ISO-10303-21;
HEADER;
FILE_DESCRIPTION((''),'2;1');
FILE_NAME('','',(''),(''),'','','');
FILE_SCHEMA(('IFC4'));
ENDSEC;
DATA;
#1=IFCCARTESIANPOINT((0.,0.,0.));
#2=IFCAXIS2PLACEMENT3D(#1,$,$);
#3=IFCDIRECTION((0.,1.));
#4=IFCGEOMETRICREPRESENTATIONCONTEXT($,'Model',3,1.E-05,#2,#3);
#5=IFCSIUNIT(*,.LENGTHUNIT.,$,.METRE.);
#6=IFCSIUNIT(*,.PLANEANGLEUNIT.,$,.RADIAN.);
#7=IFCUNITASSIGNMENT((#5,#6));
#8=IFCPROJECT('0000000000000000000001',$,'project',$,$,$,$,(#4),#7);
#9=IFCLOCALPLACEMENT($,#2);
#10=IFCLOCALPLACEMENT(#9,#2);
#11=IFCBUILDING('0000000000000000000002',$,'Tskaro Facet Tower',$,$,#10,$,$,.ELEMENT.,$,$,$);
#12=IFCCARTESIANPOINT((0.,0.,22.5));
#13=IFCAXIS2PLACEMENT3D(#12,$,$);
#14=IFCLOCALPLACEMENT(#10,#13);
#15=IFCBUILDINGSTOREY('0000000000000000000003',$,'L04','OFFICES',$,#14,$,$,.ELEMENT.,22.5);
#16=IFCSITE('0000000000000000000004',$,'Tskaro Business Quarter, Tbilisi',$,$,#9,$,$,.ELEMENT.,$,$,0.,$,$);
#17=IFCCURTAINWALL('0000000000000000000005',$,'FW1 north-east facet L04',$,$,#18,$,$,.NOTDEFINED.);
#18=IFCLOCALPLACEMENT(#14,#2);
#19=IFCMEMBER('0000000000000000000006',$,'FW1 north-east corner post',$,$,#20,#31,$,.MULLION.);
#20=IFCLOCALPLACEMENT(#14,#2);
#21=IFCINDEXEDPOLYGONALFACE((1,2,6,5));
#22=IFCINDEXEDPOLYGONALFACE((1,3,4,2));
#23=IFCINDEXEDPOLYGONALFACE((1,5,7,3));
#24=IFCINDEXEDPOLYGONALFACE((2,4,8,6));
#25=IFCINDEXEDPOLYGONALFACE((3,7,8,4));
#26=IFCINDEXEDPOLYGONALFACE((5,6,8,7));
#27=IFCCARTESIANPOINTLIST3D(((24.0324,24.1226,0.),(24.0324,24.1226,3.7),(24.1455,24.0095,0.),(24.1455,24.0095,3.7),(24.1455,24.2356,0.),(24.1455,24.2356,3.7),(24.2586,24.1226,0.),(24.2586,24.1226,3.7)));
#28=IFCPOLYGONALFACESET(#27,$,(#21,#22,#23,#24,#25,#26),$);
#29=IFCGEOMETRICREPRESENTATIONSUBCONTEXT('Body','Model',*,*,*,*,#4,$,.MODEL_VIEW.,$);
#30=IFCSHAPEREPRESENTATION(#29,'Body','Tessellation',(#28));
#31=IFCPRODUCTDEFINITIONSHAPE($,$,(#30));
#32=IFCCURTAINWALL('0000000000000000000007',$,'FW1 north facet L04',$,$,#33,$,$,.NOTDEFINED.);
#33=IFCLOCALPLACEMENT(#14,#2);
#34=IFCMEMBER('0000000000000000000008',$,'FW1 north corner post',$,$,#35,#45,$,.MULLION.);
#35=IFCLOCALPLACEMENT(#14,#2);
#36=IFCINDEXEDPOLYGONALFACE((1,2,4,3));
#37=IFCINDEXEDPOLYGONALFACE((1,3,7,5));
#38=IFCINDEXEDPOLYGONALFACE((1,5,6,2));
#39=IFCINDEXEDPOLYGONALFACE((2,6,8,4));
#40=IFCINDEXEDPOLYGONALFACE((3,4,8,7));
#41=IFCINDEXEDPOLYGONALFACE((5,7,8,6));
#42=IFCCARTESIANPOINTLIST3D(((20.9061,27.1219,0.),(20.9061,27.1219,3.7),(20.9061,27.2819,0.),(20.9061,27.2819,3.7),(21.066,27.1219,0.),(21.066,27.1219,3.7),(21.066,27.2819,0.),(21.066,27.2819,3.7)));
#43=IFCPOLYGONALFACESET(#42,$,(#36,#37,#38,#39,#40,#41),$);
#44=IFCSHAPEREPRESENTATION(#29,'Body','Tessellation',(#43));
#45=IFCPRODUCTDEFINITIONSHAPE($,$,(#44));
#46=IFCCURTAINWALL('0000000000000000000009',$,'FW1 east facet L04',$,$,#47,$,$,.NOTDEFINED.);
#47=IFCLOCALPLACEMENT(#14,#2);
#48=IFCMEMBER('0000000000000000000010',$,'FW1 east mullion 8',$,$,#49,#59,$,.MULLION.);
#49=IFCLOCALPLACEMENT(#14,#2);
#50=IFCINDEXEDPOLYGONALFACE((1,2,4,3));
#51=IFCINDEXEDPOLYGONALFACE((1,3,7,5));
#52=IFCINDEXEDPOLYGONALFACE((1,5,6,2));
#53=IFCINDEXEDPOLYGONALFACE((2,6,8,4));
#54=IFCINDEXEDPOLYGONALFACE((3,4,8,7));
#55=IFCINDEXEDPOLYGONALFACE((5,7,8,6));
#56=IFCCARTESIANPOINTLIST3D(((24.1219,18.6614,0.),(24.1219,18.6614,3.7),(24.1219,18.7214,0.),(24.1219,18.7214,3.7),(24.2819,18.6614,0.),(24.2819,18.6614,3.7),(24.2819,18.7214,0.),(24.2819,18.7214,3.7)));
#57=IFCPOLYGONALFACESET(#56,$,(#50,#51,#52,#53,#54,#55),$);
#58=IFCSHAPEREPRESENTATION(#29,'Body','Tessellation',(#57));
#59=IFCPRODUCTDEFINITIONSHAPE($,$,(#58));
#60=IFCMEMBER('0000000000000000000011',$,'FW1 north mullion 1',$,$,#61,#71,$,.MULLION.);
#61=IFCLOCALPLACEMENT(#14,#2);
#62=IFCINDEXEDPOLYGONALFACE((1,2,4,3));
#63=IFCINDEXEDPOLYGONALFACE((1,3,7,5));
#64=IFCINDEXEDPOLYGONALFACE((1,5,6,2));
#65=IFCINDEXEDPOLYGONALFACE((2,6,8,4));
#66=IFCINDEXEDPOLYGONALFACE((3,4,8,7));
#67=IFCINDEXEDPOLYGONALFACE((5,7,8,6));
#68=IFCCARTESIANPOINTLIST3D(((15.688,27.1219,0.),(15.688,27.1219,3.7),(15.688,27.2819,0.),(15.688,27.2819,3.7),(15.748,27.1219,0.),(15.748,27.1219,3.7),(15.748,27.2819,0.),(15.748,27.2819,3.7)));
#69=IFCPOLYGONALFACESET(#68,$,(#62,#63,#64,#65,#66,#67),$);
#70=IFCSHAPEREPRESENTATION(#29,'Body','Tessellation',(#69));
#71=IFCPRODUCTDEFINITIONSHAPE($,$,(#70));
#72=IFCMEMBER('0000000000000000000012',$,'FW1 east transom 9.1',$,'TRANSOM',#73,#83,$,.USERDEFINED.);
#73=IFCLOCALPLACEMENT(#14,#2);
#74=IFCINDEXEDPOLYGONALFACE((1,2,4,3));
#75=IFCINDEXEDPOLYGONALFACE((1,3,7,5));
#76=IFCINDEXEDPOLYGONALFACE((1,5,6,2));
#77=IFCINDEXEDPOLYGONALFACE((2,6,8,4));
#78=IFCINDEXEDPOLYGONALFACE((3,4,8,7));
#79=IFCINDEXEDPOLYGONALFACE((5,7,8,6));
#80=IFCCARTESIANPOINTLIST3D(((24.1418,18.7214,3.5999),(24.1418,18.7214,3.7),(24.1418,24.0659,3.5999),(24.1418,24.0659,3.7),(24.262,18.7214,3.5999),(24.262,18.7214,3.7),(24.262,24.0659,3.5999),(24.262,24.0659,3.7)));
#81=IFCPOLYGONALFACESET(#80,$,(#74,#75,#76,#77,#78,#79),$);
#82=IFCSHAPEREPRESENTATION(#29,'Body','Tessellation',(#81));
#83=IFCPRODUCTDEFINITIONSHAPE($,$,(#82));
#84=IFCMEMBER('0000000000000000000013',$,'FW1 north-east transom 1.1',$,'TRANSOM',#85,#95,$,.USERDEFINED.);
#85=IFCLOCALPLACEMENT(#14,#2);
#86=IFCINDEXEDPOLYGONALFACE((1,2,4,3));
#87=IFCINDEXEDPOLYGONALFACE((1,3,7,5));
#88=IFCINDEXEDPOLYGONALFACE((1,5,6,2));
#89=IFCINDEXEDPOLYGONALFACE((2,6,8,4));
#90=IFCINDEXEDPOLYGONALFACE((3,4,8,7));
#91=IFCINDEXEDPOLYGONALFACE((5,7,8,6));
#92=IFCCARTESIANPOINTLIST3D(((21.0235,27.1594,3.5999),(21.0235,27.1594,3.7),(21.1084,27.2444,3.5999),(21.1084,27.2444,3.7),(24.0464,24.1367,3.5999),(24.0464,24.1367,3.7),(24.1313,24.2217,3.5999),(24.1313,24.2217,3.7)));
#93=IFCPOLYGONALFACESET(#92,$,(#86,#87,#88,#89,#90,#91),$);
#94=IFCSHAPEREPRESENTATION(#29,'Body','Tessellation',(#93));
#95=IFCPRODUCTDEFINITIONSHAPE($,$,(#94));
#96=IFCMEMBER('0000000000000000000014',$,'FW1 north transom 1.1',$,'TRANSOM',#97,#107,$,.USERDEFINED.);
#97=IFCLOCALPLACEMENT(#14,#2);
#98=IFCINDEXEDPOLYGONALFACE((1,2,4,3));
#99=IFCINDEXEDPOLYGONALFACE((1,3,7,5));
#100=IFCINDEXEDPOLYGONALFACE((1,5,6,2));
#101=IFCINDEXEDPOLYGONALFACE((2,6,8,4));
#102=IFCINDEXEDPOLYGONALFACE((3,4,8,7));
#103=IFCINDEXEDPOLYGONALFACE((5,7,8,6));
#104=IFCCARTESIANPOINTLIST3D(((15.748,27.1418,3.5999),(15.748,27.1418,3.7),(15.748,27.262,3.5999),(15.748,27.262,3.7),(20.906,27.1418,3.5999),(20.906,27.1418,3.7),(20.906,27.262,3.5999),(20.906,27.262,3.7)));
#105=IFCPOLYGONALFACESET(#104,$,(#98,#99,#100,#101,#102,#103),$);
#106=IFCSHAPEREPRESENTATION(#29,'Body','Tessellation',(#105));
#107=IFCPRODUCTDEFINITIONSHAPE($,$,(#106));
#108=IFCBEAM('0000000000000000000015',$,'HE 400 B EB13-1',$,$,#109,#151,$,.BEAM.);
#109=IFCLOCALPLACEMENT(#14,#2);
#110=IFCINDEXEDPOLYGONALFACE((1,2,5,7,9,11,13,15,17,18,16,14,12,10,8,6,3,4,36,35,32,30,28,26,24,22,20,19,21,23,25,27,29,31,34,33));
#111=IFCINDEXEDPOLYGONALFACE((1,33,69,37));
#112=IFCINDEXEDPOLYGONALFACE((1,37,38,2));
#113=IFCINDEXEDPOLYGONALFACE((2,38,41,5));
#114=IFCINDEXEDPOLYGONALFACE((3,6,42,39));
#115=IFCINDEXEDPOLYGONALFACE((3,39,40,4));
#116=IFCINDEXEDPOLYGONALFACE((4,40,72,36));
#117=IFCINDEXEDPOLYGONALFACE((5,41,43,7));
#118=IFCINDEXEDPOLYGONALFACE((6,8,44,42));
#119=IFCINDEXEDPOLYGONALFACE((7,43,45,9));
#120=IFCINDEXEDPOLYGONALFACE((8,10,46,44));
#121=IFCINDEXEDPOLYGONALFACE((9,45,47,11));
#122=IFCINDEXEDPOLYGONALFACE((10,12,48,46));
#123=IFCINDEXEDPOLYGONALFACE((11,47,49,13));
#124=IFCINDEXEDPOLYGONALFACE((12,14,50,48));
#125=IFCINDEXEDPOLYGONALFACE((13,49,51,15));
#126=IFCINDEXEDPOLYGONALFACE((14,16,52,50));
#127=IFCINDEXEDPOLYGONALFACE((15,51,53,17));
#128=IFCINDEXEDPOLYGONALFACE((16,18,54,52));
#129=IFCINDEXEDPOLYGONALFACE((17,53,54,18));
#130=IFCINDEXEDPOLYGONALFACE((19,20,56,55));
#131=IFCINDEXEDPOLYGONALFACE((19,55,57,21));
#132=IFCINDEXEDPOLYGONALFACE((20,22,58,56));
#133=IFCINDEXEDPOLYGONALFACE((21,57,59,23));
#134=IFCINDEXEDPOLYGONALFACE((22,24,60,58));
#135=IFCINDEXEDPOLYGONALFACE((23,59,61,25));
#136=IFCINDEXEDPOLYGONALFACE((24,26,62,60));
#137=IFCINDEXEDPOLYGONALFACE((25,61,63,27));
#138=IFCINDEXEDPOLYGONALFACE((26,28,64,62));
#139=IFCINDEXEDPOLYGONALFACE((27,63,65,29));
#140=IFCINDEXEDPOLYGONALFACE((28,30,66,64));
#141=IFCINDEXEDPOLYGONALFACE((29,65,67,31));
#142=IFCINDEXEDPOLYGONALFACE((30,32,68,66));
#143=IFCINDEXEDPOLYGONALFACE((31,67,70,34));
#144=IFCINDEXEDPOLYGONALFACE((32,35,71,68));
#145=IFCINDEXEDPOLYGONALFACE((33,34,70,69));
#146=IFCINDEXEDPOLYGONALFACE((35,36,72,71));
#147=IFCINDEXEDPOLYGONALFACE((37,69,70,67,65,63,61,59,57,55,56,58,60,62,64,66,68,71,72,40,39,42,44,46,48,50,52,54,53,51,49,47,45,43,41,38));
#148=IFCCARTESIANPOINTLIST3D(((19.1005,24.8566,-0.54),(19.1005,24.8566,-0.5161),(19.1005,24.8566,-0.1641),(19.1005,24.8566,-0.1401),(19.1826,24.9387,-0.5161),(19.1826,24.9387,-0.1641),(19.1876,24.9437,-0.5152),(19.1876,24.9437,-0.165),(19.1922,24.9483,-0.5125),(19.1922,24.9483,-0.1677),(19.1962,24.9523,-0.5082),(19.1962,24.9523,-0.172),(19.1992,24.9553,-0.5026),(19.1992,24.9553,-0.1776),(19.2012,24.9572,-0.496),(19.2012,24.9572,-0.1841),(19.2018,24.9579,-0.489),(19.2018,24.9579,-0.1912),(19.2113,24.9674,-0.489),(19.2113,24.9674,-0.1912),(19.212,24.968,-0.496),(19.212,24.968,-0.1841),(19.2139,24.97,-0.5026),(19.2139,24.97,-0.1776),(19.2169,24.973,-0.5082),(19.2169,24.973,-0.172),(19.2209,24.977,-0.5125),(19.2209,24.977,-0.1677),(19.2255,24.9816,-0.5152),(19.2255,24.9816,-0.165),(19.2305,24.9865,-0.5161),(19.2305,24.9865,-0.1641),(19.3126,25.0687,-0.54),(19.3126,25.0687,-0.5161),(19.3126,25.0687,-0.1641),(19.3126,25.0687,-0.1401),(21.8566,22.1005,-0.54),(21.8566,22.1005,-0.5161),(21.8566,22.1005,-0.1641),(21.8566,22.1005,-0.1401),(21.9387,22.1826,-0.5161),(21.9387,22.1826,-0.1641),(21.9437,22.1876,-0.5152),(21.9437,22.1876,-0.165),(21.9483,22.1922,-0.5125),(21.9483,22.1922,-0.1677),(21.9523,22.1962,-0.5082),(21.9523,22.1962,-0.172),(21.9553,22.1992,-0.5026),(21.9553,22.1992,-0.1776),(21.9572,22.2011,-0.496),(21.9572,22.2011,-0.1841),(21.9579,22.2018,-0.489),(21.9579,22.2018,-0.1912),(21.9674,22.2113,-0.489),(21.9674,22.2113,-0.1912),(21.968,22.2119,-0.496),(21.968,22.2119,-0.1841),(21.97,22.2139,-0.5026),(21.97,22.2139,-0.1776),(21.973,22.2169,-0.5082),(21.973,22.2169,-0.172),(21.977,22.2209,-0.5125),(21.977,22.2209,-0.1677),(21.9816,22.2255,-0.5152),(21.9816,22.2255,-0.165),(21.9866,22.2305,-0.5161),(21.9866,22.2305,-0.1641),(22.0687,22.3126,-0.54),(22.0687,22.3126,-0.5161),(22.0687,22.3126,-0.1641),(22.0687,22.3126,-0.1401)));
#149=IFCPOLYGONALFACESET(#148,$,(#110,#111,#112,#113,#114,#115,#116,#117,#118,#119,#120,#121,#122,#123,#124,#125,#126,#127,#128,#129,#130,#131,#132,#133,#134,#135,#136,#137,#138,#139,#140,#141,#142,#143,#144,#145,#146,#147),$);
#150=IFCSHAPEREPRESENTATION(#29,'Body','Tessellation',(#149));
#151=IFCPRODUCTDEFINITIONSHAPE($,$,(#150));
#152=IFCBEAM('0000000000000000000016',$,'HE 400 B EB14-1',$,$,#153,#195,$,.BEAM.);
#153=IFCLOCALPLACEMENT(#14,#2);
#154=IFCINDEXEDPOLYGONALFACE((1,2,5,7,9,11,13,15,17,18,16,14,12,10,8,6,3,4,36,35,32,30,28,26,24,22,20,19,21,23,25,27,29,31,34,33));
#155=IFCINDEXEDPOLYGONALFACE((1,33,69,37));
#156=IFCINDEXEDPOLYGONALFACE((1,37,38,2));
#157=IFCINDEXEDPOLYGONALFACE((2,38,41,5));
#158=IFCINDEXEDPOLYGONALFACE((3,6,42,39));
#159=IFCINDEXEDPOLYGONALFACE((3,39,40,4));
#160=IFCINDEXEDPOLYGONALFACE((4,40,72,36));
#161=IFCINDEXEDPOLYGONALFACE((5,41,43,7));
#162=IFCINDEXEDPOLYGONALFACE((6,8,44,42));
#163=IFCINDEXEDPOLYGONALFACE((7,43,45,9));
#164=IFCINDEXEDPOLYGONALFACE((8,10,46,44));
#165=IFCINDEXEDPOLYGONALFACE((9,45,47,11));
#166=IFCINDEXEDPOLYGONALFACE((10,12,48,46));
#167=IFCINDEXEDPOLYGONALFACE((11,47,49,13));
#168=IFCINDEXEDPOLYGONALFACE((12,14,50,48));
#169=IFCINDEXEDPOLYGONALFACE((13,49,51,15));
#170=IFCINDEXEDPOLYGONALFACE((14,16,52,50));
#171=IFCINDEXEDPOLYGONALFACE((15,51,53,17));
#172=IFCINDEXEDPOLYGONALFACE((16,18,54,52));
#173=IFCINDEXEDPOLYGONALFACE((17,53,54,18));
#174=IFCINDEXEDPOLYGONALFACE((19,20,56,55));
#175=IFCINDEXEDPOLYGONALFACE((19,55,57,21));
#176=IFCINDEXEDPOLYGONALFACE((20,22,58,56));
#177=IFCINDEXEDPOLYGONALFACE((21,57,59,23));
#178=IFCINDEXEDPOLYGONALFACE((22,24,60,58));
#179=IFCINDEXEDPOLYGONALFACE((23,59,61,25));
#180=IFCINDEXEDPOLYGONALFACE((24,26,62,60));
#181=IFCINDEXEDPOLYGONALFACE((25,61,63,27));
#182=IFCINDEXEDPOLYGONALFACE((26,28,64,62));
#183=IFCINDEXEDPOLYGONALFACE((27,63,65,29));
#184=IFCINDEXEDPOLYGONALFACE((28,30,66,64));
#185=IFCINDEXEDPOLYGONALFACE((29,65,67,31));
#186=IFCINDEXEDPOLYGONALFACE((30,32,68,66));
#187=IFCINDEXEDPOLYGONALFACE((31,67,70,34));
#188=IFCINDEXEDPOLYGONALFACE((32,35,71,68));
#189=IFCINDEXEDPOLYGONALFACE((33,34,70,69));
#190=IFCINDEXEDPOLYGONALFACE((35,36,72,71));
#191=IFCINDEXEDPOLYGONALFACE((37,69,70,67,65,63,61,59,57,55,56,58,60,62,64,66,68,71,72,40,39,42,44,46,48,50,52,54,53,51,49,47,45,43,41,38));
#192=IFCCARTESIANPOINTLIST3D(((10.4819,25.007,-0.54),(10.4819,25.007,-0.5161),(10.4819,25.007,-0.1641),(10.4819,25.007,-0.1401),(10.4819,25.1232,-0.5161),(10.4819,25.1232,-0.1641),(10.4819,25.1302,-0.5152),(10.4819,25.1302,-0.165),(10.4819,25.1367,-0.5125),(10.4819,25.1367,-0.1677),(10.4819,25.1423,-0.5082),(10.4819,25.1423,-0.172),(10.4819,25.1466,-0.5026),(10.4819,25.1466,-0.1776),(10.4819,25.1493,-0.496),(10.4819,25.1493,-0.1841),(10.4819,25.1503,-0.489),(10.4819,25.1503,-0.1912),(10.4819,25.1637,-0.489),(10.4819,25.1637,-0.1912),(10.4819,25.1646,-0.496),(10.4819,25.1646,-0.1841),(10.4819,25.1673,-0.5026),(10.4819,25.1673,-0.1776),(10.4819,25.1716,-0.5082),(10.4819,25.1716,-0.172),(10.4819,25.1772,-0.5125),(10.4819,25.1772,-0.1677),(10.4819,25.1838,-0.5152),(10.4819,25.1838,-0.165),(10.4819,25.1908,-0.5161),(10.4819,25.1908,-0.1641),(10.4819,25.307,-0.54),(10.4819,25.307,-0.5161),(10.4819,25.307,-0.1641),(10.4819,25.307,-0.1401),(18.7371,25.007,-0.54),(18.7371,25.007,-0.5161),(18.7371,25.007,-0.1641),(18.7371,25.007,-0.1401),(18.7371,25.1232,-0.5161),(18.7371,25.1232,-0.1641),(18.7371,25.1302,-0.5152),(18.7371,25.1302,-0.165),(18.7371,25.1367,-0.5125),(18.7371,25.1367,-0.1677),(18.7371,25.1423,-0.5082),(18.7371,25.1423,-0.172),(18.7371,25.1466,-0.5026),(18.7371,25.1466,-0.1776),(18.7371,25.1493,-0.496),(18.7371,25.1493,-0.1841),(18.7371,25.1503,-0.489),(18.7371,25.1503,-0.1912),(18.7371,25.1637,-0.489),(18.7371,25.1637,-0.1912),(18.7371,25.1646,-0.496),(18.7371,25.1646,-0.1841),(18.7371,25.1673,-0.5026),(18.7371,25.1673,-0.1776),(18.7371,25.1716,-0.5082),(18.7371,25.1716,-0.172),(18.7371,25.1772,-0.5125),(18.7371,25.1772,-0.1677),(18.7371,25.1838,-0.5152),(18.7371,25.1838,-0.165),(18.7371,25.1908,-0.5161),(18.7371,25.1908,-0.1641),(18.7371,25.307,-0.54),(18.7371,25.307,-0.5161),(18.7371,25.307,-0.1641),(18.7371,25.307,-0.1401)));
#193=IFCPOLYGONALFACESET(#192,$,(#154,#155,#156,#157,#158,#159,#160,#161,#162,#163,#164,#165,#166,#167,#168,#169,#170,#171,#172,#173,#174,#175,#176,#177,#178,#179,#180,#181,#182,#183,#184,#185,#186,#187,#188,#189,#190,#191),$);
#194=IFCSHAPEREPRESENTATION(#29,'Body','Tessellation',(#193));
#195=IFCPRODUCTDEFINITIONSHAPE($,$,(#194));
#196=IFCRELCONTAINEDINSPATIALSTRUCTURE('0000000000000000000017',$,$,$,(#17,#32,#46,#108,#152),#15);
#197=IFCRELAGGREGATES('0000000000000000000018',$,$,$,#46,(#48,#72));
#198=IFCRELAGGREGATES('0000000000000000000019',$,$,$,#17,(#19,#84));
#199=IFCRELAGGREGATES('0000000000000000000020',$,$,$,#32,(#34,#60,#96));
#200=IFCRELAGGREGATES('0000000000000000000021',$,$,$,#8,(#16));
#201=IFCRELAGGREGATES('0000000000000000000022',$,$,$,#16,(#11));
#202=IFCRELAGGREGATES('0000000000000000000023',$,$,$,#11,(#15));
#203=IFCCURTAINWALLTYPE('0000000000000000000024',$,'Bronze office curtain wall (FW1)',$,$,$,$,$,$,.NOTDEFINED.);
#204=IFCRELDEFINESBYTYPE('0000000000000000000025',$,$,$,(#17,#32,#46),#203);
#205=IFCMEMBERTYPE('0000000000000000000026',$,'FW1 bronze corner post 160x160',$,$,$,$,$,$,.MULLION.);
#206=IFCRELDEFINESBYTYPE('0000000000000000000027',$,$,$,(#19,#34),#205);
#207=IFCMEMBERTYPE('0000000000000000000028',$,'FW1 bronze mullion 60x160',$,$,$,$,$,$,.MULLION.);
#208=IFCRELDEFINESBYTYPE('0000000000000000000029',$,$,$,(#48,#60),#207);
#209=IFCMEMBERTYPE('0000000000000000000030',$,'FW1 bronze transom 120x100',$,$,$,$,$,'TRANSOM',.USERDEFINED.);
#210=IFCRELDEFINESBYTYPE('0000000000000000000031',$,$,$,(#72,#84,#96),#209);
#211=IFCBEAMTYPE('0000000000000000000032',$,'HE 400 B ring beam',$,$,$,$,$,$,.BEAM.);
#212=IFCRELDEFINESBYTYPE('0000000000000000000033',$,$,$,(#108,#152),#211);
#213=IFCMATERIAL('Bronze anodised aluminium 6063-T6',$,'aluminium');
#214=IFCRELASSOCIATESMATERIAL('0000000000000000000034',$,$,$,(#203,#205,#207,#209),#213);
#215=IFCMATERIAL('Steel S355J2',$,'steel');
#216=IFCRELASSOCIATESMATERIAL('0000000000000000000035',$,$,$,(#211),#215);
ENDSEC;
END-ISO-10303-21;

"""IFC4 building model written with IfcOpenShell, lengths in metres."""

from ifc_helpers import new_model, si_unit, direction, frame, origin, origin_2d, place, context, subcontext, project, spatial, rectangle, i_section, extrude, material, material_profile, profile_set, type_object, element, aggregate, save


model = new_model("IFC4")

# Units and contexts
model_context = context("Model", 3, precision=1e-05, world=origin(), true_north=direction((0.0, 1.0)))
body_context = subcontext(model_context, "Body", "Model", "MODEL_VIEW")
ifc_project = project(units=[si_unit("LENGTHUNIT", "METRE"), si_unit("PLANEANGLEUNIT", "RADIAN")], contexts=[model_context])

# Site, building, storey
site_placement = place(None, origin())
site = spatial("IfcSite", under=ifc_project, at=site_placement, Name="Tskaro Business Quarter, Tbilisi", CompositionType="ELEMENT", RefElevation=0.0)
building_placement = place(site_placement, origin())
building = spatial("IfcBuilding", under=site, at=building_placement, Name="Tskaro Facet Tower", CompositionType="ELEMENT")
storey_placement = place(building_placement, frame((0.0, 0.0, 22.5)))
storey = spatial("IfcBuildingStorey", under=building, at=storey_placement, Name="L04", Description="OFFICES", CompositionType="ELEMENT", Elevation=22.5)

# Curtain walls, members
ifc_material_1 = material(Name="Bronze anodised aluminium 6063-T6", Category="aluminium")
curtain_wall_type = type_object("IfcCurtainWallType", Name="Bronze office curtain wall (FW1)", PredefinedType="NOTDEFINED", material=ifc_material_1)
curtain_wall_1_placement = place(storey_placement, origin())
curtain_wall_1 = element("IfcCurtainWall", 1, at=curtain_wall_1_placement, inside=storey, type_object=curtain_wall_type, Name="FW1 north-east facet L04", PredefinedType="NOTDEFINED")
ifc_material_profile_1 = material_profile(ifc_material_1, rectangle(XDim=0.1599, YDim=0.1599, at=origin_2d()), Name="Corner post 160x160")
ifc_profile_set_1 = profile_set([ifc_material_profile_1], Name="Bronze anodised aluminium 6063-T6")
member_type_1 = type_object("IfcMemberType", Name="FW1 bronze corner post 160x160", PredefinedType="MULLION", material=ifc_profile_set_1)
member_1_placement = place(storey_placement, frame((24.1455, 24.1226, 0.0), z_axis=(0.0, 0.0, 1.0), x_axis=(-0.707107, 0.707107, 0.0)))
member_1 = element("IfcMember", 2, at=member_1_placement, type_object=member_type_1, Name="FW1 north-east corner post", PredefinedType="MULLION", context=body_context, shape_type="SweptSolid", body=[
    extrude(rectangle(XDim=0.1599, YDim=0.1599, at=origin_2d()), origin(), (0.0, 0.0, 1.0), 3.7),
])
curtain_wall_2_placement = place(storey_placement, origin())
curtain_wall_2 = element("IfcCurtainWall", 3, at=curtain_wall_2_placement, inside=storey, type_object=curtain_wall_type, Name="FW1 north facet L04", PredefinedType="NOTDEFINED")
member_2_placement = place(storey_placement, frame((20.9861, 27.2019, 0.0), z_axis=(0.0, 0.0, 1.0), x_axis=(-1.0, 0.0, 0.0)))
member_2 = element("IfcMember", 4, at=member_2_placement, type_object=member_type_1, Name="FW1 north corner post", PredefinedType="MULLION", context=body_context, shape_type="SweptSolid", body=[
    extrude(rectangle(XDim=0.1599, YDim=0.1599, at=origin_2d()), origin(), (0.0, 0.0, 1.0), 3.7),
])
curtain_wall_3_placement = place(storey_placement, origin())
curtain_wall_3 = element("IfcCurtainWall", 5, at=curtain_wall_3_placement, inside=storey, type_object=curtain_wall_type, Name="FW1 east facet L04", PredefinedType="NOTDEFINED")
ifc_material_profile_2 = material_profile(ifc_material_1, rectangle(XDim=0.0601, YDim=0.1599, at=origin_2d()), Name="Mullion 60x160")
ifc_profile_set_2 = profile_set([ifc_material_profile_2], Name="Bronze anodised aluminium 6063-T6")
member_type_2 = type_object("IfcMemberType", Name="FW1 bronze mullion 60x160", PredefinedType="MULLION", material=ifc_profile_set_2)
member_3_placement = place(storey_placement, frame((24.2019, 18.6914, 0.0), z_axis=(0.0, 0.0, 1.0), x_axis=(0.0, 1.0, 0.0)))
member_3 = element("IfcMember", 6, at=member_3_placement, type_object=member_type_2, Name="FW1 east mullion 8", PredefinedType="MULLION", context=body_context, shape_type="SweptSolid", body=[
    extrude(rectangle(XDim=0.0601, YDim=0.1599, at=origin_2d()), origin(), (0.0, 0.0, 1.0), 3.7),
])

# Members
member_4_placement = place(storey_placement, frame((15.718, 27.2019, 0.0), z_axis=(0.0, 0.0, 1.0), x_axis=(-1.0, 0.0, 0.0)))
member_4 = element("IfcMember", 7, at=member_4_placement, type_object=member_type_2, Name="FW1 north mullion 1", PredefinedType="MULLION", context=body_context, shape_type="SweptSolid", body=[
    extrude(rectangle(XDim=0.0601, YDim=0.1599, at=origin_2d()), origin(), (0.0, 0.0, 1.0), 3.7),
])
ifc_material_profile_3 = material_profile(ifc_material_1, rectangle(XDim=0.1201, YDim=0.1001, at=origin_2d()), Name="Transom 120x100")
ifc_profile_set_3 = profile_set([ifc_material_profile_3], Name="Bronze anodised aluminium 6063-T6")
member_type_3 = type_object("IfcMemberType", Name="FW1 bronze transom 120x100", ElementType="TRANSOM", PredefinedType="USERDEFINED", material=ifc_profile_set_3)
member_5_placement = place(storey_placement, frame((24.2019, 18.7214, 3.6499), z_axis=(0.0, 1.0, 0.0), x_axis=(-1.0, 0.0, 0.0)))
member_5 = element("IfcMember", 8, at=member_5_placement, type_object=member_type_3, Name="FW1 east transom 9.1", ObjectType="TRANSOM", PredefinedType="USERDEFINED", context=body_context, shape_type="SweptSolid", body=[
    extrude(rectangle(XDim=0.1201, YDim=0.1001, at=origin_2d()), origin(), (0.0, 0.0, 1.0), 5.3445),
])
member_6_placement = place(storey_placement, frame((24.0889, 24.1792, 3.6499), z_axis=(-0.707135, 0.707078, 0.0), x_axis=(-0.707078, -0.707135, 0.0)))
member_6 = element("IfcMember", 9, at=member_6_placement, type_object=member_type_3, Name="FW1 north-east transom 1.1", ObjectType="TRANSOM", PredefinedType="USERDEFINED", context=body_context, shape_type="SweptSolid", body=[
    extrude(rectangle(XDim=0.1201, YDim=0.1001, at=origin_2d()), origin(), (0.0, 0.0, 1.0), 4.2749),
])
member_7_placement = place(storey_placement, frame((20.906, 27.2019, 3.6499), z_axis=(-1.0, 0.0, 0.0), x_axis=(0.0, -1.0, 0.0)))
member_7 = element("IfcMember", 10, at=member_7_placement, type_object=member_type_3, Name="FW1 north transom 1.1", ObjectType="TRANSOM", PredefinedType="USERDEFINED", context=body_context, shape_type="SweptSolid", body=[
    extrude(rectangle(XDim=0.1201, YDim=0.1001, at=origin_2d()), origin(), (0.0, 0.0, 1.0), 5.158),
])

# Beams
ifc_material_2 = material(Name="Steel S355J2", Category="steel")
ifc_material_profile_4 = material_profile(ifc_material_2, i_section(OverallWidth=0.3, OverallDepth=0.3999, WebThickness=0.0134, FlangeThickness=0.0239, FilletRadius=0.0271, at=origin_2d()), Name="HE 400 B")
ifc_profile_set_4 = profile_set([ifc_material_profile_4], Name="Steel S355J2")
beam_type_1 = type_object("IfcBeamType", Name="HE 400 B ring beam", PredefinedType="BEAM", material=ifc_profile_set_4)
beam_1_placement = place(storey_placement, frame((21.9626, 22.2065, -0.3401), z_axis=(-0.707107, 0.707107, 0.0), x_axis=(-0.707107, -0.707107, 0.0)))
element("IfcBeam", 11, at=beam_1_placement, inside=storey, type_object=beam_type_1, Name="HE 400 B EB13-1", PredefinedType="BEAM", context=body_context, shape_type="SweptSolid", body=[
    extrude(i_section(OverallWidth=0.3, OverallDepth=0.3999, WebThickness=0.0134, FlangeThickness=0.0239, FilletRadius=0.0271, at=origin_2d()), origin(), (0.0, 0.0, 1.0), 3.8977),
])
beam_2_placement = place(storey_placement, frame((18.7371, 25.157, -0.3401), z_axis=(-1.0, 0.0, 0.0), x_axis=(0.0, -1.0, 0.0)))
element("IfcBeam", 12, at=beam_2_placement, inside=storey, type_object=beam_type_1, Name="HE 400 B EB14-1", PredefinedType="BEAM", context=body_context, shape_type="SweptSolid", body=[
    extrude(i_section(OverallWidth=0.3, OverallDepth=0.3999, WebThickness=0.0134, FlangeThickness=0.0239, FilletRadius=0.0271, at=origin_2d()), origin(), (0.0, 0.0, 1.0), 8.2551),
])

aggregate(curtain_wall_3, [member_3, member_5])
aggregate(curtain_wall_1, [member_1, member_6])
aggregate(curtain_wall_2, [member_2, member_4, member_7])

save(model, "model.ifc")
